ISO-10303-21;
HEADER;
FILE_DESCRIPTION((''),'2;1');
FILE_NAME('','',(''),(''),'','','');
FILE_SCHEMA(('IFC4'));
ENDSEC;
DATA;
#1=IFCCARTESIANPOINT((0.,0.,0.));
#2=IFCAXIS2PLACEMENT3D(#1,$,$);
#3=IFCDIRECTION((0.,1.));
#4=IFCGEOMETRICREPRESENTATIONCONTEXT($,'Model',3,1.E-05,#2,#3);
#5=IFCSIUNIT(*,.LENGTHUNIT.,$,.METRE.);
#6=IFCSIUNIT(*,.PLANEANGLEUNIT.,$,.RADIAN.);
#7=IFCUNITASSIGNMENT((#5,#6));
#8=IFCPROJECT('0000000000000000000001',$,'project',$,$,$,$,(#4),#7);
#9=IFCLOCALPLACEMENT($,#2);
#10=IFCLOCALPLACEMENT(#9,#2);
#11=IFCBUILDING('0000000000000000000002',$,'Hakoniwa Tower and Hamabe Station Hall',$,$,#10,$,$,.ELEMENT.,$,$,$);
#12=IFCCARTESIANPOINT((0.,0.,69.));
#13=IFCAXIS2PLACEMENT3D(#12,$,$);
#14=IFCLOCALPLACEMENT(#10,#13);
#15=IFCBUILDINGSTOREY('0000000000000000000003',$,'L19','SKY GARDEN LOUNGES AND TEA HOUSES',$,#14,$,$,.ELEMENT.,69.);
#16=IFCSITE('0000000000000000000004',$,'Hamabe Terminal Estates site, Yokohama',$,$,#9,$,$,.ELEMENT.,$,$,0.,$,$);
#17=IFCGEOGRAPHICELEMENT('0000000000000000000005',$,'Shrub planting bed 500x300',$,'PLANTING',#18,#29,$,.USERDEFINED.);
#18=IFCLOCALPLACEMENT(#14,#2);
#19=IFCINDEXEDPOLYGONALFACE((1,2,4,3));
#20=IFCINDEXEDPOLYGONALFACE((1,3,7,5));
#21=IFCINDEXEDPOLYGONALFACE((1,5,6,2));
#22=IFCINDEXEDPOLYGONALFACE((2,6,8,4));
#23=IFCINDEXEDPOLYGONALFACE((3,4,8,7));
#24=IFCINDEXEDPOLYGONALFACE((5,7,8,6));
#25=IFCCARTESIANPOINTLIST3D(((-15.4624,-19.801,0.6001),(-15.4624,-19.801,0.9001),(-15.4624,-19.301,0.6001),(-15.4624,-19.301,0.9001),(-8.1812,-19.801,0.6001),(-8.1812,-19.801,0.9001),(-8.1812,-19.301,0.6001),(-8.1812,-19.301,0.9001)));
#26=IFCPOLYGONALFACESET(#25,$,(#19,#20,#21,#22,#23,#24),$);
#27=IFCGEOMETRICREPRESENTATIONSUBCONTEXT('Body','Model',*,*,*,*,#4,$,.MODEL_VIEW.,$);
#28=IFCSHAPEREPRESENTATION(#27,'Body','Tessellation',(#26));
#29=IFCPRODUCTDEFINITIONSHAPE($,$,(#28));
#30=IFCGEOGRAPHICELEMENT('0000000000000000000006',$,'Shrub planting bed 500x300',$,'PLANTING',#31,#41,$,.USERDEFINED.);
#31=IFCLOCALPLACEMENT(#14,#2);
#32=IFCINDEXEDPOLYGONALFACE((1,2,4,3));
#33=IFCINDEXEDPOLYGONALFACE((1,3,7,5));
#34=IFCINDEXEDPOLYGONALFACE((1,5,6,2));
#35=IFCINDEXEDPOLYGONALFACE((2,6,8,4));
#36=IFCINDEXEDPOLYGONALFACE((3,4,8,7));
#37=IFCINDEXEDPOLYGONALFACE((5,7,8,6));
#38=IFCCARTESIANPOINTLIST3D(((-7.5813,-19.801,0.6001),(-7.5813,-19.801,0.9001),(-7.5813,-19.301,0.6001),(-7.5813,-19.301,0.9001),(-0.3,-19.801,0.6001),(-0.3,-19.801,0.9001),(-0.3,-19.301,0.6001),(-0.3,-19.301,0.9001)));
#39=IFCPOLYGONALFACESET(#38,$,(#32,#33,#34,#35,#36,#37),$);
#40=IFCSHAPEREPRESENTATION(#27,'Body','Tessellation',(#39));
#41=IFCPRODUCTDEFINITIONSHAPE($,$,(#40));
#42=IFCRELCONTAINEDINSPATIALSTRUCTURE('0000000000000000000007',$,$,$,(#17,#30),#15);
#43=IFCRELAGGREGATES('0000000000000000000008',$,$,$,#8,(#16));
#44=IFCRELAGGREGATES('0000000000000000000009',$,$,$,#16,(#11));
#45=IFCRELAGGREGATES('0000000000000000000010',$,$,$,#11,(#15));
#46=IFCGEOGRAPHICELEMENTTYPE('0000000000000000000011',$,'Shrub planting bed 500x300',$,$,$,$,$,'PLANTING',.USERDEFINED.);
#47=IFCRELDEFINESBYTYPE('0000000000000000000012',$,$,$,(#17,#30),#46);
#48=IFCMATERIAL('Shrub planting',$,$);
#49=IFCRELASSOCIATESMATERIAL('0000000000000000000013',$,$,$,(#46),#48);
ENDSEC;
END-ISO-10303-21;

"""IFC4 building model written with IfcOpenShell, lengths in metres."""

from ifc_helpers import new_model, si_unit, direction, frame, origin, origin_2d, place, context, subcontext, project, spatial, rectangle, extrude, material, type_object, element, save


model = new_model("IFC4")

# Units and contexts
model_context = context("Model", 3, precision=1e-05, world=origin(), true_north=direction((0.0, 1.0)))
body_context = subcontext(model_context, "Body", "Model", "MODEL_VIEW")
ifc_project = project(units=[si_unit("LENGTHUNIT", "METRE"), si_unit("PLANEANGLEUNIT", "RADIAN")], contexts=[model_context])

# Site, building, storey
site_placement = place(None, origin())
site = spatial("IfcSite", under=ifc_project, at=site_placement, Name="Hamabe Terminal Estates site, Yokohama", CompositionType="ELEMENT", RefElevation=0.0)
building_placement = place(site_placement, origin())
building = spatial("IfcBuilding", under=site, at=building_placement, Name="Hakoniwa Tower and Hamabe Station Hall", CompositionType="ELEMENT")
storey_placement = place(building_placement, frame((0.0, 0.0, 69.0)))
storey = spatial("IfcBuildingStorey", under=building, at=storey_placement, Name="L19", Description="SKY GARDEN LOUNGES AND TEA HOUSES", CompositionType="ELEMENT", Elevation=69.0)

# Geographic elements
ifc_material_1 = material(Name="Shrub planting")
geographic_element_type_1 = type_object("IfcGeographicElementType", Name="Shrub planting bed 500x300", ElementType="PLANTING", PredefinedType="USERDEFINED", material=ifc_material_1)
for number, where, z_axis, x_axis, name in (
    (1, (-11.8218, -19.551, 0.6001), (0.0, 0.0, 1.0), (1.0, 0.0, 0.0), "Shrub planting bed 500x300"),
    (2, (-3.9407, -19.551, 0.6001), (0.0, 0.0, 1.0), (1.0, 0.0, 0.0), "Shrub planting bed 500x300"),
):
    element("IfcGeographicElement", number, at=place(storey_placement, frame(where, z_axis=z_axis, x_axis=x_axis)), inside=storey, type_object=geographic_element_type_1, Name=name, ObjectType="PLANTING", PredefinedType="USERDEFINED", context=body_context, shape_type="SweptSolid", body=[
        extrude(rectangle(XDim=7.2812, YDim=0.5, at=origin_2d()), origin(), (0.0, 0.0, 1.0), 0.3),
    ])

save(model, "model.ifc")
